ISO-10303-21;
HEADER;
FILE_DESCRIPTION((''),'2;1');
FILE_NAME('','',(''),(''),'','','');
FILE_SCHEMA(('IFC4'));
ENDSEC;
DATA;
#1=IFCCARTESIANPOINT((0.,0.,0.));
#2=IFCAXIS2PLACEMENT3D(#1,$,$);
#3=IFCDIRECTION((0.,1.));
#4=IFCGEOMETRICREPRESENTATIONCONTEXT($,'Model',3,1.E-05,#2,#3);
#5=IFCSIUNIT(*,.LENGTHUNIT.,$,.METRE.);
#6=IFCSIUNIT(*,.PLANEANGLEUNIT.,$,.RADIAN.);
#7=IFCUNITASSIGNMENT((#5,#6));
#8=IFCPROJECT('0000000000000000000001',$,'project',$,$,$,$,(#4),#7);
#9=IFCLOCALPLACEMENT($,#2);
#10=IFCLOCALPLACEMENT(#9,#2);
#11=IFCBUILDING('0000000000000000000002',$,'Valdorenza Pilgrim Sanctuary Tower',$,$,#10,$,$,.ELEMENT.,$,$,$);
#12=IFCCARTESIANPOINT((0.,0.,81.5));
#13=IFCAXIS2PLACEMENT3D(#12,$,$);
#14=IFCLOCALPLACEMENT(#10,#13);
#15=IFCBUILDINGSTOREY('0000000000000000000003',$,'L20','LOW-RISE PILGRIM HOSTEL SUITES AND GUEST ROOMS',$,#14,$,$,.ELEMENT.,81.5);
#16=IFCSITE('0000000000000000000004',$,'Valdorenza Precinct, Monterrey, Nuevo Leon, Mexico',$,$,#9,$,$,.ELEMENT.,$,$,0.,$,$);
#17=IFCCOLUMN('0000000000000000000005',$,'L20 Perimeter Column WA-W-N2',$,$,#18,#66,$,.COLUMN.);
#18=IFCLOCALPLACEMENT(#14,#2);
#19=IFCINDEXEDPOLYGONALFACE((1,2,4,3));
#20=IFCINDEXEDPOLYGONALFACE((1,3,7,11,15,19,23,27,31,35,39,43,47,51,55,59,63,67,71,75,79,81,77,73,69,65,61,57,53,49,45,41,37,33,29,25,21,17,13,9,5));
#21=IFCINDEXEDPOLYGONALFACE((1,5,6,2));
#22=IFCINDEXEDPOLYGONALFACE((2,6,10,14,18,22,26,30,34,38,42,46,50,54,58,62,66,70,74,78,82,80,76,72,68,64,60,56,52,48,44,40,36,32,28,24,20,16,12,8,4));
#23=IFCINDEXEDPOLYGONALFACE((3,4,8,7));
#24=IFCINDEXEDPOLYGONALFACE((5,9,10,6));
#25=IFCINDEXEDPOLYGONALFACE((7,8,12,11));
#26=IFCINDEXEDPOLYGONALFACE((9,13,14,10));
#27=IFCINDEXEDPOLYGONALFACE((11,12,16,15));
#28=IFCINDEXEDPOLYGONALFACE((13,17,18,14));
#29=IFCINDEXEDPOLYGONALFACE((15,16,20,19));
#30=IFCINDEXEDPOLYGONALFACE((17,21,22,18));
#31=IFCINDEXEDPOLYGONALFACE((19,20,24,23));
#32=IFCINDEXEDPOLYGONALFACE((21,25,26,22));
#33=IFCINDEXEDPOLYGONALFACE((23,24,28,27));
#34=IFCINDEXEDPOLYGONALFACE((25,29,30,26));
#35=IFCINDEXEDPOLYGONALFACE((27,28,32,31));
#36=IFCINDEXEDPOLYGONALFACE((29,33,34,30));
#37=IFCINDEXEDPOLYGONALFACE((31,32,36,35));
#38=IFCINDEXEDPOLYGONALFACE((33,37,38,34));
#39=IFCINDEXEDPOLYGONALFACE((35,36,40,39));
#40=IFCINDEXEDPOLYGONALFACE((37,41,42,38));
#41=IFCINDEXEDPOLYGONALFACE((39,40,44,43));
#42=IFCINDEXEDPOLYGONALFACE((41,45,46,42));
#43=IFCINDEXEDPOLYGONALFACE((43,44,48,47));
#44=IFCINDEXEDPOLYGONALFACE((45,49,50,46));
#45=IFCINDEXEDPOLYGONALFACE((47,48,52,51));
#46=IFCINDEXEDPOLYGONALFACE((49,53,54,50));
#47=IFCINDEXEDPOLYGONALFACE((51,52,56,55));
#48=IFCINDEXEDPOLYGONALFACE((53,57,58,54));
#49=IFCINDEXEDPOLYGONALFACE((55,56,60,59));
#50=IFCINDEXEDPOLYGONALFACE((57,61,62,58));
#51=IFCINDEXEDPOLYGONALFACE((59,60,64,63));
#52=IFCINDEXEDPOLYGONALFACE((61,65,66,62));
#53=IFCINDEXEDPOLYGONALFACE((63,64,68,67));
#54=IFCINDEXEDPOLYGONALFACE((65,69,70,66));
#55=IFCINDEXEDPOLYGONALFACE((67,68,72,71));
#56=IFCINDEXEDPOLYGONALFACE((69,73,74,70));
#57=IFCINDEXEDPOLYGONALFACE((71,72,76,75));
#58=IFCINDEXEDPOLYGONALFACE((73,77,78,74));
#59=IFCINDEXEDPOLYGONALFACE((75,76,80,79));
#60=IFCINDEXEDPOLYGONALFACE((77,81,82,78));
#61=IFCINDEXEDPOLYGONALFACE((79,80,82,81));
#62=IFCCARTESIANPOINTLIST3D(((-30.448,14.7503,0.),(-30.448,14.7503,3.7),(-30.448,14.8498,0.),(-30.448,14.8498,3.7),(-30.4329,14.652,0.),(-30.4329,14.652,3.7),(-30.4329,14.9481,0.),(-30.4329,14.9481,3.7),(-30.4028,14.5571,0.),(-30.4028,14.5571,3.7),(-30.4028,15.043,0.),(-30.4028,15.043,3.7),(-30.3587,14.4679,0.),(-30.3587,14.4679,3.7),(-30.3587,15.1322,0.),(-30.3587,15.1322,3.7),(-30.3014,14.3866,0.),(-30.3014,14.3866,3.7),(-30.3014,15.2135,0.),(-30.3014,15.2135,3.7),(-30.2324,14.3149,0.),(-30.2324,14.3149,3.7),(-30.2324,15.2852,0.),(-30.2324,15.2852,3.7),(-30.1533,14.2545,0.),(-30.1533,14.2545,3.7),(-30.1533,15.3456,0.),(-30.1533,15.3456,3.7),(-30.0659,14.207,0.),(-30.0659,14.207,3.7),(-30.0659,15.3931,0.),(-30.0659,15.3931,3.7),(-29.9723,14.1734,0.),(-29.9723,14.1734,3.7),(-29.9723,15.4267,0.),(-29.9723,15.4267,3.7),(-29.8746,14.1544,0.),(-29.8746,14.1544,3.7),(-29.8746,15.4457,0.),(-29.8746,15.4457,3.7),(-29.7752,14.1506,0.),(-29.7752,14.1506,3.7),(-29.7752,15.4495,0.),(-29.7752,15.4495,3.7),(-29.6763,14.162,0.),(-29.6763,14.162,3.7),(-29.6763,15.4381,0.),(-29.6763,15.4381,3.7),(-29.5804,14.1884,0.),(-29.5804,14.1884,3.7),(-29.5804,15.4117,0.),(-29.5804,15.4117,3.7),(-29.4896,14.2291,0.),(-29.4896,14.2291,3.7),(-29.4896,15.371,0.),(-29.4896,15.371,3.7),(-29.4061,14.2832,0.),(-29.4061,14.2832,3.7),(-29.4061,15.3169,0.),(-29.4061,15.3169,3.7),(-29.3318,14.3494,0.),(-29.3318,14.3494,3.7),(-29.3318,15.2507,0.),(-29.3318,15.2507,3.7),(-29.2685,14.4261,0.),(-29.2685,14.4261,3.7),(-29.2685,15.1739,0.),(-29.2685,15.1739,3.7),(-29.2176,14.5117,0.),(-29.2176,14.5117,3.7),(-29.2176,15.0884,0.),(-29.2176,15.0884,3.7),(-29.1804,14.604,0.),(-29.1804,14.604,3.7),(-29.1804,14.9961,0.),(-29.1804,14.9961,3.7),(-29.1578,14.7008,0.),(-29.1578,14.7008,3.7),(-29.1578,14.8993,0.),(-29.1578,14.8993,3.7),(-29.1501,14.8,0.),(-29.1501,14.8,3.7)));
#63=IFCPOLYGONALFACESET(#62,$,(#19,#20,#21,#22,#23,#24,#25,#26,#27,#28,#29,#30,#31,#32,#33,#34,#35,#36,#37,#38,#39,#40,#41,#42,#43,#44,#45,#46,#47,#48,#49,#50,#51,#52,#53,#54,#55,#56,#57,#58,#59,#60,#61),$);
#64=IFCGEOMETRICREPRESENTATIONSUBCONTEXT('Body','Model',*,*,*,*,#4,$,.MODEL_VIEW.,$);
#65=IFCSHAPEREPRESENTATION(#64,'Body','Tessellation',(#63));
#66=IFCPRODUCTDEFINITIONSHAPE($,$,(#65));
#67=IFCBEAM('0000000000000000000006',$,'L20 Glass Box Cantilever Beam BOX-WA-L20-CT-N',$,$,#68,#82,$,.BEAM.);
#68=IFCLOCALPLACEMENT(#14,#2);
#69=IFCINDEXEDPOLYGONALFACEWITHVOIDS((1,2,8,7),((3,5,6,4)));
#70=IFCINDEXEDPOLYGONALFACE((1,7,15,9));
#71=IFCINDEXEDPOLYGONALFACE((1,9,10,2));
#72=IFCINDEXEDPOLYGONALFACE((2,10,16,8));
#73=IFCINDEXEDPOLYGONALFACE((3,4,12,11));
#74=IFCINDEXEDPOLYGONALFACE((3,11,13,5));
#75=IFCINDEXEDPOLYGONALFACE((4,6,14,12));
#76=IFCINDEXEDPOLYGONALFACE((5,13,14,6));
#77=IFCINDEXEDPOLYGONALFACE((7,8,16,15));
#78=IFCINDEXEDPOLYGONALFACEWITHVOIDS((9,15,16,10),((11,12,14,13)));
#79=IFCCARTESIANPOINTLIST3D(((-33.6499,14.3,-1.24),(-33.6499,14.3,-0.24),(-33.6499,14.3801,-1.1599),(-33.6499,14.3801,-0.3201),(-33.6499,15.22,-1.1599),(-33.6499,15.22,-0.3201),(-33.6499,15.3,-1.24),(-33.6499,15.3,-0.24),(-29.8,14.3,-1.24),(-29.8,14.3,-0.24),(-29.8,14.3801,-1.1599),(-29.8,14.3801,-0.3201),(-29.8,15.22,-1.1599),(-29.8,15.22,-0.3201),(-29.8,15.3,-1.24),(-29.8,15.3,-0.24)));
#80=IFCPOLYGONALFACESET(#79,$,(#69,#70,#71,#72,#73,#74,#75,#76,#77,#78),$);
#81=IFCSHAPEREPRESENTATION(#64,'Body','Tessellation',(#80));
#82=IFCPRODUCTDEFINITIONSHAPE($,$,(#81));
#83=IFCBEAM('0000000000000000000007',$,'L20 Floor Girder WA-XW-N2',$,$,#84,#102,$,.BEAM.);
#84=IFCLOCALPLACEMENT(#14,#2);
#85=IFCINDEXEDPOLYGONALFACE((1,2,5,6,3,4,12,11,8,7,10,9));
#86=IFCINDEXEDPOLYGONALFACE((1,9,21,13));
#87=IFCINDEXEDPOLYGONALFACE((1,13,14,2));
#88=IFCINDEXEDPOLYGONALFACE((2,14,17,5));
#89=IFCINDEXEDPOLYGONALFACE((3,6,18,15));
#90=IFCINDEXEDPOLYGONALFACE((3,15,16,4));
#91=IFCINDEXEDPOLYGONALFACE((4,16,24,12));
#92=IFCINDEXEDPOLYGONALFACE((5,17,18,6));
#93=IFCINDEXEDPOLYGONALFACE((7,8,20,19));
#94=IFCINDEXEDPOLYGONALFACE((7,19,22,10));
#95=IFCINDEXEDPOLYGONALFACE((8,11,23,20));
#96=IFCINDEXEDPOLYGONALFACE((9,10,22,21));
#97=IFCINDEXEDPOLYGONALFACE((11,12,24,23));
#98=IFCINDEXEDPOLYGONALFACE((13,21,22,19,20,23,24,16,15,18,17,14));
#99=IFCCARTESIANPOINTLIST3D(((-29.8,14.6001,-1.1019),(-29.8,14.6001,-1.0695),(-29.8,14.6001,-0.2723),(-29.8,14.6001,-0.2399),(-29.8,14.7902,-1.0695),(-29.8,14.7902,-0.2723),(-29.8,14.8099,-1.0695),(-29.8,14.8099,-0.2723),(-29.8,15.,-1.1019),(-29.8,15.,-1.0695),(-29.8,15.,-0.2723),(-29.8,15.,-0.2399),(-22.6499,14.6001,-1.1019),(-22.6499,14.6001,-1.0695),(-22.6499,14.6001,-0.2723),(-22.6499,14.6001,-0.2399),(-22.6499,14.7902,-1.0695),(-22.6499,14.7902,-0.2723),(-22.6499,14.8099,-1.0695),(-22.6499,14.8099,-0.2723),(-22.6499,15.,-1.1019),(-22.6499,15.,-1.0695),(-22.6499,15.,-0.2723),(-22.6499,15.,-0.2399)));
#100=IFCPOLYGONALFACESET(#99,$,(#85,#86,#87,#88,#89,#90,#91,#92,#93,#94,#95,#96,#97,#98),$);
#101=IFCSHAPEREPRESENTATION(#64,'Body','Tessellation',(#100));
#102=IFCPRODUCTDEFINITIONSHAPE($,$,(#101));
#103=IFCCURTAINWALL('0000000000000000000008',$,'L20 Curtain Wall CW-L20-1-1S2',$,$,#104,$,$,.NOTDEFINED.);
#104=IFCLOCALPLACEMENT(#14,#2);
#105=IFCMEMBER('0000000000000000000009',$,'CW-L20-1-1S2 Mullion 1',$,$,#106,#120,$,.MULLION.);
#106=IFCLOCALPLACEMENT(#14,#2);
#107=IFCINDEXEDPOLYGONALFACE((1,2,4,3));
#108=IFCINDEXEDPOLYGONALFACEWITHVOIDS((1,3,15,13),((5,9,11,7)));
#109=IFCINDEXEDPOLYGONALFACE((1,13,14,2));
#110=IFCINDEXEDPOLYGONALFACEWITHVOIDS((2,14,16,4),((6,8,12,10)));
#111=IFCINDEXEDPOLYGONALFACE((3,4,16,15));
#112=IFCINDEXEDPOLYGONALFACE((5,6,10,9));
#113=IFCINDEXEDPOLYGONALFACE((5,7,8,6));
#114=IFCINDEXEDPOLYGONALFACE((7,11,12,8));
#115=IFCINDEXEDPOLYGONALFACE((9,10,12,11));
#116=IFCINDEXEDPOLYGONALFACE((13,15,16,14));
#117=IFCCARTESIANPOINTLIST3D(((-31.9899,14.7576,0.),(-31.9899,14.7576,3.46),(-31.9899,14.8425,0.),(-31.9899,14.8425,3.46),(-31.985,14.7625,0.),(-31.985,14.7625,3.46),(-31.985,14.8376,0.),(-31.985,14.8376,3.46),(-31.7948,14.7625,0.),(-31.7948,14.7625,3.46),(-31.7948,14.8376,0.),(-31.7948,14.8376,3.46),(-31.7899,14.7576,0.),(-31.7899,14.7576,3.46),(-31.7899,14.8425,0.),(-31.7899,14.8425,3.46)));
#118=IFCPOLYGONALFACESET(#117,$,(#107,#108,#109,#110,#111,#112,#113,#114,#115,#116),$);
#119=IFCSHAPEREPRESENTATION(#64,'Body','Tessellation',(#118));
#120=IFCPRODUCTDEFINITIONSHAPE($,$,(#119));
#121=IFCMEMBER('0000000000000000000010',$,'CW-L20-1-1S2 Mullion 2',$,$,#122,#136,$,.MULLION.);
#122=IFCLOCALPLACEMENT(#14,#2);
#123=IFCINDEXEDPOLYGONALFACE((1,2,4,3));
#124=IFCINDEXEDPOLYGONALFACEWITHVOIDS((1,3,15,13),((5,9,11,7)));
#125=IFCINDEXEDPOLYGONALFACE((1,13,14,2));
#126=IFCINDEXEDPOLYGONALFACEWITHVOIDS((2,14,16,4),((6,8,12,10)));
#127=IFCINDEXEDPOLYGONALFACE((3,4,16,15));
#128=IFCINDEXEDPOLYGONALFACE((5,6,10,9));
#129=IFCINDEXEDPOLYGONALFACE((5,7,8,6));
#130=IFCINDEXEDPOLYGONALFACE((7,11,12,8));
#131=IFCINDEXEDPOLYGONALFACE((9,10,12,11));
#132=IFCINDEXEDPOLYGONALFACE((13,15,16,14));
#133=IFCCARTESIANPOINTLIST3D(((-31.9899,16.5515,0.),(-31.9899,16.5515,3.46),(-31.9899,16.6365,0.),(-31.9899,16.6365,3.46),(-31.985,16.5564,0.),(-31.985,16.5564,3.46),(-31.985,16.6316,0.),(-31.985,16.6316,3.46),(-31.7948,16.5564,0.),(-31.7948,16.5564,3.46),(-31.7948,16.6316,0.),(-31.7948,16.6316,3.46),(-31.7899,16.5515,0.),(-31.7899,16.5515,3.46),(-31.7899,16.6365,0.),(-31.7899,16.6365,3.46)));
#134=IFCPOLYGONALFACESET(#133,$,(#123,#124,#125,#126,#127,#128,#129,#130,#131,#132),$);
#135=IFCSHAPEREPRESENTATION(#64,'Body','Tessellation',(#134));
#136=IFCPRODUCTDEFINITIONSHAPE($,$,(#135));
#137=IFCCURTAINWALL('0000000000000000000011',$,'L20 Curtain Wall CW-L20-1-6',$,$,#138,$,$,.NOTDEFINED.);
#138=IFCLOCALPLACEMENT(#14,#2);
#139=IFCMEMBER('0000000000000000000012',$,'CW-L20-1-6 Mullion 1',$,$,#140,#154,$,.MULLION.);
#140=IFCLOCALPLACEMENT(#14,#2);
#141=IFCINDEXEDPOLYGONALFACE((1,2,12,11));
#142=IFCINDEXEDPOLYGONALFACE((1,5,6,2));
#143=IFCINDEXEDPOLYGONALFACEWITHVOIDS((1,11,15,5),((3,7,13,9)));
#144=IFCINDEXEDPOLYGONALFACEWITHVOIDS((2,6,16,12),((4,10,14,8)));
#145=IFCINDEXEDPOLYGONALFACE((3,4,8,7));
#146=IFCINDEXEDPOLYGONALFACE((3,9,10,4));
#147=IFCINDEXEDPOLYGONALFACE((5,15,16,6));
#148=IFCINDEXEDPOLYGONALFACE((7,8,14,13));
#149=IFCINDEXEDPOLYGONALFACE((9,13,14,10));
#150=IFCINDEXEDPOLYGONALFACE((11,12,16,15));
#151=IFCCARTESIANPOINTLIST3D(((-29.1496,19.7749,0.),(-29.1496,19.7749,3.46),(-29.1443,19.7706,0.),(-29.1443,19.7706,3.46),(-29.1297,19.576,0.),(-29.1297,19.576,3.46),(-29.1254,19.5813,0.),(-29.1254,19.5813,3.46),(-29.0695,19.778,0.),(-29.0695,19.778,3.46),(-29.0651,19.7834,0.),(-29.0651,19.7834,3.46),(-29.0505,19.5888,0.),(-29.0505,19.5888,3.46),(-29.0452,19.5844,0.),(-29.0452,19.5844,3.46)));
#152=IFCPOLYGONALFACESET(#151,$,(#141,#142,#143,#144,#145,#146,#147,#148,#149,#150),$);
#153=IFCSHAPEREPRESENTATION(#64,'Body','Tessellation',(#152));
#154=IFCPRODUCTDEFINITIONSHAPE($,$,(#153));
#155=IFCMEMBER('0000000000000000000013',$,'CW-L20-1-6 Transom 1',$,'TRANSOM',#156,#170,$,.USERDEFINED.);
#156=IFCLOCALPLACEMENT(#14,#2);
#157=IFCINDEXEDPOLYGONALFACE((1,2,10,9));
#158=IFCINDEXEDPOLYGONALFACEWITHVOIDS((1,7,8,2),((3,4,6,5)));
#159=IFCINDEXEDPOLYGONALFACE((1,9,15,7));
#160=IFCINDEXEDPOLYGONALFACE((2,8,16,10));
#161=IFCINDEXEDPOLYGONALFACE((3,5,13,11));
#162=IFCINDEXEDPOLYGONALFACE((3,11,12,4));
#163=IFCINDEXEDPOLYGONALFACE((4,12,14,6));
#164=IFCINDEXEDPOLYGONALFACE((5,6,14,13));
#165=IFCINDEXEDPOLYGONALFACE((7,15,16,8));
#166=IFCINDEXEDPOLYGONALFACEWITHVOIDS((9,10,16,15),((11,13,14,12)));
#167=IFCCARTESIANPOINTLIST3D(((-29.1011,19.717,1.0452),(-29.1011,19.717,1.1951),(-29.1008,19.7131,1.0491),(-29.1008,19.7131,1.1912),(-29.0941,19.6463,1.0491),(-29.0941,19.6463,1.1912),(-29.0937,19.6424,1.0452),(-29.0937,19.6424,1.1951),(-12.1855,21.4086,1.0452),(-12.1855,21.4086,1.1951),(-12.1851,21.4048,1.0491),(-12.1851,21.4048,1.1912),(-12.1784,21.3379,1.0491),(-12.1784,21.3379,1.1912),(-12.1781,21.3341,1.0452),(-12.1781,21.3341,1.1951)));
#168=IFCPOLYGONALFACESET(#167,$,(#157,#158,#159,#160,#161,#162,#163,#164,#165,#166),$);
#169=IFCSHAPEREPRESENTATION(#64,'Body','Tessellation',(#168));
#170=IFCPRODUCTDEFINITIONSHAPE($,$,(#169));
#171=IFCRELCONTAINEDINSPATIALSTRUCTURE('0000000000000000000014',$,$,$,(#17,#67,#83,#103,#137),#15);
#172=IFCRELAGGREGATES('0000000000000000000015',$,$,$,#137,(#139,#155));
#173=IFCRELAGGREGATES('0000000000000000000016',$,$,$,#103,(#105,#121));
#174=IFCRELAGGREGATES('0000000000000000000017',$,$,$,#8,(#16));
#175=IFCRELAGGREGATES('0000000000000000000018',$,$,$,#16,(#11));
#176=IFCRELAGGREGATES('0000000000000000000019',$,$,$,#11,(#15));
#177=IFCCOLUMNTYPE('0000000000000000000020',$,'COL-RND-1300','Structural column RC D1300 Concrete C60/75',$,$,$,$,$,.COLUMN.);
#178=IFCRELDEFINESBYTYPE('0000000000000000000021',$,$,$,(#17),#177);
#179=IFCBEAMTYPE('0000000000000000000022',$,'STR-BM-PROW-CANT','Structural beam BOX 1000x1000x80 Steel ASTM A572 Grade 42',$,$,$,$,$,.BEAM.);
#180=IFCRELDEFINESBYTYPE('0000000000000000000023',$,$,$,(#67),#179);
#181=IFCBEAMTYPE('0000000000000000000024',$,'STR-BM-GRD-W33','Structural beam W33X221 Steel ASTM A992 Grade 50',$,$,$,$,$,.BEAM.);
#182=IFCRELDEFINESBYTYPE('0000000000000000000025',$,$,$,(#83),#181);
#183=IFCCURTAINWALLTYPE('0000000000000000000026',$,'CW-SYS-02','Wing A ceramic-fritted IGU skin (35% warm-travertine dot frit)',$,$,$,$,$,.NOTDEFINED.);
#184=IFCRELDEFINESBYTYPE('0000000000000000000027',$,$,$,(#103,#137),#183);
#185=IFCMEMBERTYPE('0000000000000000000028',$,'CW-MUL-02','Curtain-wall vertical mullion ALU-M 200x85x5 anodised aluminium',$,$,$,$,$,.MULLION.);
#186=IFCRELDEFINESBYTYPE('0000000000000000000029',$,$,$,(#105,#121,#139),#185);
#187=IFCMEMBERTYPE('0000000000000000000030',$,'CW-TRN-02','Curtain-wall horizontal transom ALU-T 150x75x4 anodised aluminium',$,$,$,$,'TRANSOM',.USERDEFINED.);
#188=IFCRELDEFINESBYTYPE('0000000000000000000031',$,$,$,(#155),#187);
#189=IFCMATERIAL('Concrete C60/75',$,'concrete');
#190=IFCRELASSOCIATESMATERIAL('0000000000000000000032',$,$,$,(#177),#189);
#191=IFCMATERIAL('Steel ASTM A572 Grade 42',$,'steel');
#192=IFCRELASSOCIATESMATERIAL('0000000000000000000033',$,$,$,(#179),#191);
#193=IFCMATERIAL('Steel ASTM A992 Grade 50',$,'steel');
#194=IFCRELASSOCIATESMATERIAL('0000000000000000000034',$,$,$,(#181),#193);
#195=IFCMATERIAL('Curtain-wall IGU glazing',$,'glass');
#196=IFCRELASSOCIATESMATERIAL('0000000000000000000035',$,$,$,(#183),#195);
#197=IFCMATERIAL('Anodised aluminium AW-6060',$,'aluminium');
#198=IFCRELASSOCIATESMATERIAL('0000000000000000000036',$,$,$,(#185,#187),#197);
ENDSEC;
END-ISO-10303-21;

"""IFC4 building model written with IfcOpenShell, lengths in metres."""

from ifc_helpers import new_model, si_unit, direction, frame, origin, origin_2d, place, context, subcontext, project, spatial, hollow_rectangle, circle, i_section, extrude, source, transform, mapped, material, material_profile, profile_set, type_object, element, aggregate, save


model = new_model("IFC4")

# Units and contexts
model_context = context("Model", 3, precision=1e-05, world=origin(), true_north=direction((0.0, 1.0)))
body_context = subcontext(model_context, "Body", "Model", "MODEL_VIEW")
ifc_project = project(units=[si_unit("LENGTHUNIT", "METRE"), si_unit("PLANEANGLEUNIT", "RADIAN")], contexts=[model_context])

# Site, building, storey
site_placement = place(None, origin())
site = spatial("IfcSite", under=ifc_project, at=site_placement, Name="Valdorenza Precinct, Monterrey, Nuevo Leon, Mexico", CompositionType="ELEMENT", RefElevation=0.0)
building_placement = place(site_placement, origin())
building = spatial("IfcBuilding", under=site, at=building_placement, Name="Valdorenza Pilgrim Sanctuary Tower", CompositionType="ELEMENT")
storey_placement = place(building_placement, frame((0.0, 0.0, 81.5)))
storey = spatial("IfcBuildingStorey", under=building, at=storey_placement, Name="L20", Description="LOW-RISE PILGRIM HOSTEL SUITES AND GUEST ROOMS", CompositionType="ELEMENT", Elevation=81.5)

# Column
ifc_material_1 = material(Name="Concrete C60/75", Category="concrete")
ifc_material_profile_1 = material_profile(ifc_material_1, circle(Radius=0.6499, at=origin_2d()), Name="RC D1300")
ifc_profile_set_1 = profile_set([ifc_material_profile_1], Name="Concrete C60/75")
column_type = type_object("IfcColumnType", Name="COL-RND-1300", Description="Structural column RC D1300 Concrete C60/75", PredefinedType="COLUMN", material=ifc_profile_set_1)
shared_shape_1 = source(origin(), body_context, "Body", "SweptSolid", [
    extrude(circle(Radius=0.6499, at=origin_2d()), origin(), (0.0, 0.0, 1.0), 3.7),
])
column_placement = place(storey_placement, frame((-29.8, 14.8, 0.0), z_axis=(0.0, 0.0, 1.0), x_axis=(1.0, 0.0, 0.0)))
element("IfcColumn", 1, at=column_placement, inside=storey, type_object=column_type, Name="L20 Perimeter Column WA-W-N2", PredefinedType="COLUMN", context=body_context, shape_type="MappedRepresentation", body=[
    mapped(shared_shape_1, transform((0.0, 0.0, 0.0), x_axis=(1.0, 0.0, 0.0), y_axis=(0.0, 1.0, 0.0), z_axis=(0.0, 0.0, 1.0), scale=1.0)),
])

# Beams
ifc_material_2 = material(Name="Steel ASTM A572 Grade 42", Category="steel")
ifc_material_profile_2 = material_profile(ifc_material_2, hollow_rectangle(XDim=1.0, YDim=1.0, WallThickness=0.0801, at=origin_2d()), Name="BOX 1000x1000x80")
ifc_profile_set_2 = profile_set([ifc_material_profile_2], Name="Steel ASTM A572 Grade 42")
beam_type_1 = type_object("IfcBeamType", Name="STR-BM-PROW-CANT", Description="Structural beam BOX 1000x1000x80 Steel ASTM A572 Grade 42", PredefinedType="BEAM", material=ifc_profile_set_2)
shared_shape_2 = source(origin(), body_context, "Body", "SweptSolid", [
    extrude(hollow_rectangle(XDim=1.0, YDim=1.0, WallThickness=0.0801, at=origin_2d()), origin(), (0.0, 0.0, 1.0), 3.8499),
])
beam_1_placement = place(storey_placement, frame((-29.8, 14.8, -0.74), z_axis=(-1.0, 0.0, 0.0), x_axis=(0.0, -1.0, 0.0)))
element("IfcBeam", 2, at=beam_1_placement, inside=storey, type_object=beam_type_1, Name="L20 Glass Box Cantilever Beam BOX-WA-L20-CT-N", PredefinedType="BEAM", context=body_context, shape_type="MappedRepresentation", body=[
    mapped(shared_shape_2, transform((0.0, 0.0, 0.0), x_axis=(1.0, 0.0, 0.0), y_axis=(0.0, 1.0, 0.0), z_axis=(0.0, 0.0, 1.0), scale=1.0)),
])
ifc_material_3 = material(Name="Steel ASTM A992 Grade 50", Category="steel")
ifc_material_profile_3 = material_profile(ifc_material_3, i_section(OverallWidth=0.3999, OverallDepth=0.8621, WebThickness=0.0198, FlangeThickness=0.0325, at=origin_2d()), Name="W33X221")
ifc_profile_set_3 = profile_set([ifc_material_profile_3], Name="Steel ASTM A992 Grade 50")
beam_type_2 = type_object("IfcBeamType", Name="STR-BM-GRD-W33", Description="Structural beam W33X221 Steel ASTM A992 Grade 50", PredefinedType="BEAM", material=ifc_profile_set_3)
shared_shape_3 = source(origin(), body_context, "Body", "SweptSolid", [
    extrude(i_section(OverallWidth=0.3999, OverallDepth=0.8621, WebThickness=0.0198, FlangeThickness=0.0325, at=origin_2d()), origin(), (0.0, 0.0, 1.0), 7.1501),
])
beam_2_placement = place(storey_placement, frame((-29.8, 14.8, -0.6709), z_axis=(1.0, 0.0, 0.0), x_axis=(0.0, 1.0, 0.0)))
element("IfcBeam", 3, at=beam_2_placement, inside=storey, type_object=beam_type_2, Name="L20 Floor Girder WA-XW-N2", PredefinedType="BEAM", context=body_context, shape_type="MappedRepresentation", body=[
    mapped(shared_shape_3, transform((0.0, 0.0, 0.0), x_axis=(1.0, 0.0, 0.0), y_axis=(0.0, 1.0, 0.0), z_axis=(0.0, 0.0, 1.0), scale=1.0)),
])

# Curtain walls, members
ifc_material_4 = material(Name="Curtain-wall IGU glazing", Category="glass")
curtain_wall_type = type_object("IfcCurtainWallType", Name="CW-SYS-02", Description="Wing A ceramic-fritted IGU skin (35% warm-travertine dot frit)", PredefinedType="NOTDEFINED", material=ifc_material_4)
curtain_wall_1_placement = place(storey_placement, origin())
curtain_wall_1 = element("IfcCurtainWall", 4, at=curtain_wall_1_placement, inside=storey, type_object=curtain_wall_type, Name="L20 Curtain Wall CW-L20-1-1S2", PredefinedType="NOTDEFINED")
ifc_material_5 = material(Name="Anodised aluminium AW-6060", Category="aluminium")
ifc_material_profile_4 = material_profile(ifc_material_5, hollow_rectangle(XDim=0.085, YDim=0.2, WallThickness=0.0049, at=origin_2d()), Name="ALU-M 200x85x5")
ifc_profile_set_4 = profile_set([ifc_material_profile_4], Name="Anodised aluminium AW-6060")
member_type_1 = type_object("IfcMemberType", Name="CW-MUL-02", Description="Curtain-wall vertical mullion ALU-M 200x85x5 anodised aluminium", PredefinedType="MULLION", material=ifc_profile_set_4)
shared_shape_4 = source(origin(), body_context, "Body", "SweptSolid", [
    extrude(hollow_rectangle(XDim=0.085, YDim=0.2, WallThickness=0.0049, at=origin_2d()), origin(), (0.0, 0.0, 1.0), 3.46),
])
member_1_placement = place(storey_placement, frame((-31.8899, 14.8, 0.0), z_axis=(0.0, 0.0, 1.0), x_axis=(0.0, 1.0, 0.0)))
member_1 = element("IfcMember", 5, at=member_1_placement, type_object=member_type_1, Name="CW-L20-1-1S2 Mullion 1", PredefinedType="MULLION", context=body_context, shape_type="MappedRepresentation", body=[
    mapped(shared_shape_4, transform((0.0, 0.0, 0.0), x_axis=(1.0, 0.0, 0.0), y_axis=(0.0, 1.0, 0.0), z_axis=(0.0, 0.0, 1.0), scale=1.0)),
])
member_2_placement = place(storey_placement, frame((-31.8899, 16.594, 0.0), z_axis=(0.0, 0.0, 1.0), x_axis=(0.0, 1.0, 0.0)))
member_2 = element("IfcMember", 6, at=member_2_placement, type_object=member_type_1, Name="CW-L20-1-1S2 Mullion 2", PredefinedType="MULLION", context=body_context, shape_type="MappedRepresentation", body=[
    mapped(shared_shape_4, transform((0.0, 0.0, 0.0), x_axis=(1.0, 0.0, 0.0), y_axis=(0.0, 1.0, 0.0), z_axis=(0.0, 0.0, 1.0), scale=1.0)),
])
curtain_wall_2_placement = place(storey_placement, origin())
curtain_wall_2 = element("IfcCurtainWall", 7, at=curtain_wall_2_placement, inside=storey, type_object=curtain_wall_type, Name="L20 Curtain Wall CW-L20-1-6", PredefinedType="NOTDEFINED")
member_3_placement = place(storey_placement, frame((-29.0974, 19.6797, 0.0), z_axis=(0.0, 0.0, 1.0), x_axis=(0.995038, 0.099493, 0.0)))
member_3 = element("IfcMember", 8, at=member_3_placement, type_object=member_type_1, Name="CW-L20-1-6 Mullion 1", PredefinedType="MULLION", context=body_context, shape_type="MappedRepresentation", body=[
    mapped(shared_shape_4, transform((0.0, 0.0, 0.0), x_axis=(1.0, 0.0, 0.0), y_axis=(0.0, 1.0, 0.0), z_axis=(0.0, 0.0, 1.0), scale=1.0)),
])
ifc_material_profile_5 = material_profile(ifc_material_5, hollow_rectangle(XDim=0.075, YDim=0.1499, WallThickness=0.0039, at=origin_2d()), Name="ALU-T 150x75x4")
ifc_profile_set_5 = profile_set([ifc_material_profile_5], Name="Anodised aluminium AW-6060")
member_type_2 = type_object("IfcMemberType", Name="CW-TRN-02", Description="Curtain-wall horizontal transom ALU-T 150x75x4 anodised aluminium", ElementType="TRANSOM", PredefinedType="USERDEFINED", material=ifc_profile_set_5)
shared_shape_5 = source(origin(), body_context, "Body", "SweptSolid", [
    extrude(hollow_rectangle(XDim=0.075, YDim=0.1499, WallThickness=0.0039, at=origin_2d()), origin(), (0.0, 0.0, 1.0), 17.0),
])
member_4_placement = place(storey_placement, frame((-29.0974, 19.6797, 1.1201), z_axis=(0.995037, 0.099509, 0.0), x_axis=(-0.099509, 0.995037, 0.0)))
member_4 = element("IfcMember", 9, at=member_4_placement, type_object=member_type_2, Name="CW-L20-1-6 Transom 1", ObjectType="TRANSOM", PredefinedType="USERDEFINED", context=body_context, shape_type="MappedRepresentation", body=[
    mapped(shared_shape_5, transform((0.0, 0.0, 0.0), x_axis=(1.0, 0.0, 0.0), y_axis=(0.0, 1.0, 0.0), z_axis=(0.0, 0.0, 1.0), scale=1.0)),
])

aggregate(curtain_wall_2, [member_3, member_4])
aggregate(curtain_wall_1, [member_1, member_2])

save(model, "model.ifc")
